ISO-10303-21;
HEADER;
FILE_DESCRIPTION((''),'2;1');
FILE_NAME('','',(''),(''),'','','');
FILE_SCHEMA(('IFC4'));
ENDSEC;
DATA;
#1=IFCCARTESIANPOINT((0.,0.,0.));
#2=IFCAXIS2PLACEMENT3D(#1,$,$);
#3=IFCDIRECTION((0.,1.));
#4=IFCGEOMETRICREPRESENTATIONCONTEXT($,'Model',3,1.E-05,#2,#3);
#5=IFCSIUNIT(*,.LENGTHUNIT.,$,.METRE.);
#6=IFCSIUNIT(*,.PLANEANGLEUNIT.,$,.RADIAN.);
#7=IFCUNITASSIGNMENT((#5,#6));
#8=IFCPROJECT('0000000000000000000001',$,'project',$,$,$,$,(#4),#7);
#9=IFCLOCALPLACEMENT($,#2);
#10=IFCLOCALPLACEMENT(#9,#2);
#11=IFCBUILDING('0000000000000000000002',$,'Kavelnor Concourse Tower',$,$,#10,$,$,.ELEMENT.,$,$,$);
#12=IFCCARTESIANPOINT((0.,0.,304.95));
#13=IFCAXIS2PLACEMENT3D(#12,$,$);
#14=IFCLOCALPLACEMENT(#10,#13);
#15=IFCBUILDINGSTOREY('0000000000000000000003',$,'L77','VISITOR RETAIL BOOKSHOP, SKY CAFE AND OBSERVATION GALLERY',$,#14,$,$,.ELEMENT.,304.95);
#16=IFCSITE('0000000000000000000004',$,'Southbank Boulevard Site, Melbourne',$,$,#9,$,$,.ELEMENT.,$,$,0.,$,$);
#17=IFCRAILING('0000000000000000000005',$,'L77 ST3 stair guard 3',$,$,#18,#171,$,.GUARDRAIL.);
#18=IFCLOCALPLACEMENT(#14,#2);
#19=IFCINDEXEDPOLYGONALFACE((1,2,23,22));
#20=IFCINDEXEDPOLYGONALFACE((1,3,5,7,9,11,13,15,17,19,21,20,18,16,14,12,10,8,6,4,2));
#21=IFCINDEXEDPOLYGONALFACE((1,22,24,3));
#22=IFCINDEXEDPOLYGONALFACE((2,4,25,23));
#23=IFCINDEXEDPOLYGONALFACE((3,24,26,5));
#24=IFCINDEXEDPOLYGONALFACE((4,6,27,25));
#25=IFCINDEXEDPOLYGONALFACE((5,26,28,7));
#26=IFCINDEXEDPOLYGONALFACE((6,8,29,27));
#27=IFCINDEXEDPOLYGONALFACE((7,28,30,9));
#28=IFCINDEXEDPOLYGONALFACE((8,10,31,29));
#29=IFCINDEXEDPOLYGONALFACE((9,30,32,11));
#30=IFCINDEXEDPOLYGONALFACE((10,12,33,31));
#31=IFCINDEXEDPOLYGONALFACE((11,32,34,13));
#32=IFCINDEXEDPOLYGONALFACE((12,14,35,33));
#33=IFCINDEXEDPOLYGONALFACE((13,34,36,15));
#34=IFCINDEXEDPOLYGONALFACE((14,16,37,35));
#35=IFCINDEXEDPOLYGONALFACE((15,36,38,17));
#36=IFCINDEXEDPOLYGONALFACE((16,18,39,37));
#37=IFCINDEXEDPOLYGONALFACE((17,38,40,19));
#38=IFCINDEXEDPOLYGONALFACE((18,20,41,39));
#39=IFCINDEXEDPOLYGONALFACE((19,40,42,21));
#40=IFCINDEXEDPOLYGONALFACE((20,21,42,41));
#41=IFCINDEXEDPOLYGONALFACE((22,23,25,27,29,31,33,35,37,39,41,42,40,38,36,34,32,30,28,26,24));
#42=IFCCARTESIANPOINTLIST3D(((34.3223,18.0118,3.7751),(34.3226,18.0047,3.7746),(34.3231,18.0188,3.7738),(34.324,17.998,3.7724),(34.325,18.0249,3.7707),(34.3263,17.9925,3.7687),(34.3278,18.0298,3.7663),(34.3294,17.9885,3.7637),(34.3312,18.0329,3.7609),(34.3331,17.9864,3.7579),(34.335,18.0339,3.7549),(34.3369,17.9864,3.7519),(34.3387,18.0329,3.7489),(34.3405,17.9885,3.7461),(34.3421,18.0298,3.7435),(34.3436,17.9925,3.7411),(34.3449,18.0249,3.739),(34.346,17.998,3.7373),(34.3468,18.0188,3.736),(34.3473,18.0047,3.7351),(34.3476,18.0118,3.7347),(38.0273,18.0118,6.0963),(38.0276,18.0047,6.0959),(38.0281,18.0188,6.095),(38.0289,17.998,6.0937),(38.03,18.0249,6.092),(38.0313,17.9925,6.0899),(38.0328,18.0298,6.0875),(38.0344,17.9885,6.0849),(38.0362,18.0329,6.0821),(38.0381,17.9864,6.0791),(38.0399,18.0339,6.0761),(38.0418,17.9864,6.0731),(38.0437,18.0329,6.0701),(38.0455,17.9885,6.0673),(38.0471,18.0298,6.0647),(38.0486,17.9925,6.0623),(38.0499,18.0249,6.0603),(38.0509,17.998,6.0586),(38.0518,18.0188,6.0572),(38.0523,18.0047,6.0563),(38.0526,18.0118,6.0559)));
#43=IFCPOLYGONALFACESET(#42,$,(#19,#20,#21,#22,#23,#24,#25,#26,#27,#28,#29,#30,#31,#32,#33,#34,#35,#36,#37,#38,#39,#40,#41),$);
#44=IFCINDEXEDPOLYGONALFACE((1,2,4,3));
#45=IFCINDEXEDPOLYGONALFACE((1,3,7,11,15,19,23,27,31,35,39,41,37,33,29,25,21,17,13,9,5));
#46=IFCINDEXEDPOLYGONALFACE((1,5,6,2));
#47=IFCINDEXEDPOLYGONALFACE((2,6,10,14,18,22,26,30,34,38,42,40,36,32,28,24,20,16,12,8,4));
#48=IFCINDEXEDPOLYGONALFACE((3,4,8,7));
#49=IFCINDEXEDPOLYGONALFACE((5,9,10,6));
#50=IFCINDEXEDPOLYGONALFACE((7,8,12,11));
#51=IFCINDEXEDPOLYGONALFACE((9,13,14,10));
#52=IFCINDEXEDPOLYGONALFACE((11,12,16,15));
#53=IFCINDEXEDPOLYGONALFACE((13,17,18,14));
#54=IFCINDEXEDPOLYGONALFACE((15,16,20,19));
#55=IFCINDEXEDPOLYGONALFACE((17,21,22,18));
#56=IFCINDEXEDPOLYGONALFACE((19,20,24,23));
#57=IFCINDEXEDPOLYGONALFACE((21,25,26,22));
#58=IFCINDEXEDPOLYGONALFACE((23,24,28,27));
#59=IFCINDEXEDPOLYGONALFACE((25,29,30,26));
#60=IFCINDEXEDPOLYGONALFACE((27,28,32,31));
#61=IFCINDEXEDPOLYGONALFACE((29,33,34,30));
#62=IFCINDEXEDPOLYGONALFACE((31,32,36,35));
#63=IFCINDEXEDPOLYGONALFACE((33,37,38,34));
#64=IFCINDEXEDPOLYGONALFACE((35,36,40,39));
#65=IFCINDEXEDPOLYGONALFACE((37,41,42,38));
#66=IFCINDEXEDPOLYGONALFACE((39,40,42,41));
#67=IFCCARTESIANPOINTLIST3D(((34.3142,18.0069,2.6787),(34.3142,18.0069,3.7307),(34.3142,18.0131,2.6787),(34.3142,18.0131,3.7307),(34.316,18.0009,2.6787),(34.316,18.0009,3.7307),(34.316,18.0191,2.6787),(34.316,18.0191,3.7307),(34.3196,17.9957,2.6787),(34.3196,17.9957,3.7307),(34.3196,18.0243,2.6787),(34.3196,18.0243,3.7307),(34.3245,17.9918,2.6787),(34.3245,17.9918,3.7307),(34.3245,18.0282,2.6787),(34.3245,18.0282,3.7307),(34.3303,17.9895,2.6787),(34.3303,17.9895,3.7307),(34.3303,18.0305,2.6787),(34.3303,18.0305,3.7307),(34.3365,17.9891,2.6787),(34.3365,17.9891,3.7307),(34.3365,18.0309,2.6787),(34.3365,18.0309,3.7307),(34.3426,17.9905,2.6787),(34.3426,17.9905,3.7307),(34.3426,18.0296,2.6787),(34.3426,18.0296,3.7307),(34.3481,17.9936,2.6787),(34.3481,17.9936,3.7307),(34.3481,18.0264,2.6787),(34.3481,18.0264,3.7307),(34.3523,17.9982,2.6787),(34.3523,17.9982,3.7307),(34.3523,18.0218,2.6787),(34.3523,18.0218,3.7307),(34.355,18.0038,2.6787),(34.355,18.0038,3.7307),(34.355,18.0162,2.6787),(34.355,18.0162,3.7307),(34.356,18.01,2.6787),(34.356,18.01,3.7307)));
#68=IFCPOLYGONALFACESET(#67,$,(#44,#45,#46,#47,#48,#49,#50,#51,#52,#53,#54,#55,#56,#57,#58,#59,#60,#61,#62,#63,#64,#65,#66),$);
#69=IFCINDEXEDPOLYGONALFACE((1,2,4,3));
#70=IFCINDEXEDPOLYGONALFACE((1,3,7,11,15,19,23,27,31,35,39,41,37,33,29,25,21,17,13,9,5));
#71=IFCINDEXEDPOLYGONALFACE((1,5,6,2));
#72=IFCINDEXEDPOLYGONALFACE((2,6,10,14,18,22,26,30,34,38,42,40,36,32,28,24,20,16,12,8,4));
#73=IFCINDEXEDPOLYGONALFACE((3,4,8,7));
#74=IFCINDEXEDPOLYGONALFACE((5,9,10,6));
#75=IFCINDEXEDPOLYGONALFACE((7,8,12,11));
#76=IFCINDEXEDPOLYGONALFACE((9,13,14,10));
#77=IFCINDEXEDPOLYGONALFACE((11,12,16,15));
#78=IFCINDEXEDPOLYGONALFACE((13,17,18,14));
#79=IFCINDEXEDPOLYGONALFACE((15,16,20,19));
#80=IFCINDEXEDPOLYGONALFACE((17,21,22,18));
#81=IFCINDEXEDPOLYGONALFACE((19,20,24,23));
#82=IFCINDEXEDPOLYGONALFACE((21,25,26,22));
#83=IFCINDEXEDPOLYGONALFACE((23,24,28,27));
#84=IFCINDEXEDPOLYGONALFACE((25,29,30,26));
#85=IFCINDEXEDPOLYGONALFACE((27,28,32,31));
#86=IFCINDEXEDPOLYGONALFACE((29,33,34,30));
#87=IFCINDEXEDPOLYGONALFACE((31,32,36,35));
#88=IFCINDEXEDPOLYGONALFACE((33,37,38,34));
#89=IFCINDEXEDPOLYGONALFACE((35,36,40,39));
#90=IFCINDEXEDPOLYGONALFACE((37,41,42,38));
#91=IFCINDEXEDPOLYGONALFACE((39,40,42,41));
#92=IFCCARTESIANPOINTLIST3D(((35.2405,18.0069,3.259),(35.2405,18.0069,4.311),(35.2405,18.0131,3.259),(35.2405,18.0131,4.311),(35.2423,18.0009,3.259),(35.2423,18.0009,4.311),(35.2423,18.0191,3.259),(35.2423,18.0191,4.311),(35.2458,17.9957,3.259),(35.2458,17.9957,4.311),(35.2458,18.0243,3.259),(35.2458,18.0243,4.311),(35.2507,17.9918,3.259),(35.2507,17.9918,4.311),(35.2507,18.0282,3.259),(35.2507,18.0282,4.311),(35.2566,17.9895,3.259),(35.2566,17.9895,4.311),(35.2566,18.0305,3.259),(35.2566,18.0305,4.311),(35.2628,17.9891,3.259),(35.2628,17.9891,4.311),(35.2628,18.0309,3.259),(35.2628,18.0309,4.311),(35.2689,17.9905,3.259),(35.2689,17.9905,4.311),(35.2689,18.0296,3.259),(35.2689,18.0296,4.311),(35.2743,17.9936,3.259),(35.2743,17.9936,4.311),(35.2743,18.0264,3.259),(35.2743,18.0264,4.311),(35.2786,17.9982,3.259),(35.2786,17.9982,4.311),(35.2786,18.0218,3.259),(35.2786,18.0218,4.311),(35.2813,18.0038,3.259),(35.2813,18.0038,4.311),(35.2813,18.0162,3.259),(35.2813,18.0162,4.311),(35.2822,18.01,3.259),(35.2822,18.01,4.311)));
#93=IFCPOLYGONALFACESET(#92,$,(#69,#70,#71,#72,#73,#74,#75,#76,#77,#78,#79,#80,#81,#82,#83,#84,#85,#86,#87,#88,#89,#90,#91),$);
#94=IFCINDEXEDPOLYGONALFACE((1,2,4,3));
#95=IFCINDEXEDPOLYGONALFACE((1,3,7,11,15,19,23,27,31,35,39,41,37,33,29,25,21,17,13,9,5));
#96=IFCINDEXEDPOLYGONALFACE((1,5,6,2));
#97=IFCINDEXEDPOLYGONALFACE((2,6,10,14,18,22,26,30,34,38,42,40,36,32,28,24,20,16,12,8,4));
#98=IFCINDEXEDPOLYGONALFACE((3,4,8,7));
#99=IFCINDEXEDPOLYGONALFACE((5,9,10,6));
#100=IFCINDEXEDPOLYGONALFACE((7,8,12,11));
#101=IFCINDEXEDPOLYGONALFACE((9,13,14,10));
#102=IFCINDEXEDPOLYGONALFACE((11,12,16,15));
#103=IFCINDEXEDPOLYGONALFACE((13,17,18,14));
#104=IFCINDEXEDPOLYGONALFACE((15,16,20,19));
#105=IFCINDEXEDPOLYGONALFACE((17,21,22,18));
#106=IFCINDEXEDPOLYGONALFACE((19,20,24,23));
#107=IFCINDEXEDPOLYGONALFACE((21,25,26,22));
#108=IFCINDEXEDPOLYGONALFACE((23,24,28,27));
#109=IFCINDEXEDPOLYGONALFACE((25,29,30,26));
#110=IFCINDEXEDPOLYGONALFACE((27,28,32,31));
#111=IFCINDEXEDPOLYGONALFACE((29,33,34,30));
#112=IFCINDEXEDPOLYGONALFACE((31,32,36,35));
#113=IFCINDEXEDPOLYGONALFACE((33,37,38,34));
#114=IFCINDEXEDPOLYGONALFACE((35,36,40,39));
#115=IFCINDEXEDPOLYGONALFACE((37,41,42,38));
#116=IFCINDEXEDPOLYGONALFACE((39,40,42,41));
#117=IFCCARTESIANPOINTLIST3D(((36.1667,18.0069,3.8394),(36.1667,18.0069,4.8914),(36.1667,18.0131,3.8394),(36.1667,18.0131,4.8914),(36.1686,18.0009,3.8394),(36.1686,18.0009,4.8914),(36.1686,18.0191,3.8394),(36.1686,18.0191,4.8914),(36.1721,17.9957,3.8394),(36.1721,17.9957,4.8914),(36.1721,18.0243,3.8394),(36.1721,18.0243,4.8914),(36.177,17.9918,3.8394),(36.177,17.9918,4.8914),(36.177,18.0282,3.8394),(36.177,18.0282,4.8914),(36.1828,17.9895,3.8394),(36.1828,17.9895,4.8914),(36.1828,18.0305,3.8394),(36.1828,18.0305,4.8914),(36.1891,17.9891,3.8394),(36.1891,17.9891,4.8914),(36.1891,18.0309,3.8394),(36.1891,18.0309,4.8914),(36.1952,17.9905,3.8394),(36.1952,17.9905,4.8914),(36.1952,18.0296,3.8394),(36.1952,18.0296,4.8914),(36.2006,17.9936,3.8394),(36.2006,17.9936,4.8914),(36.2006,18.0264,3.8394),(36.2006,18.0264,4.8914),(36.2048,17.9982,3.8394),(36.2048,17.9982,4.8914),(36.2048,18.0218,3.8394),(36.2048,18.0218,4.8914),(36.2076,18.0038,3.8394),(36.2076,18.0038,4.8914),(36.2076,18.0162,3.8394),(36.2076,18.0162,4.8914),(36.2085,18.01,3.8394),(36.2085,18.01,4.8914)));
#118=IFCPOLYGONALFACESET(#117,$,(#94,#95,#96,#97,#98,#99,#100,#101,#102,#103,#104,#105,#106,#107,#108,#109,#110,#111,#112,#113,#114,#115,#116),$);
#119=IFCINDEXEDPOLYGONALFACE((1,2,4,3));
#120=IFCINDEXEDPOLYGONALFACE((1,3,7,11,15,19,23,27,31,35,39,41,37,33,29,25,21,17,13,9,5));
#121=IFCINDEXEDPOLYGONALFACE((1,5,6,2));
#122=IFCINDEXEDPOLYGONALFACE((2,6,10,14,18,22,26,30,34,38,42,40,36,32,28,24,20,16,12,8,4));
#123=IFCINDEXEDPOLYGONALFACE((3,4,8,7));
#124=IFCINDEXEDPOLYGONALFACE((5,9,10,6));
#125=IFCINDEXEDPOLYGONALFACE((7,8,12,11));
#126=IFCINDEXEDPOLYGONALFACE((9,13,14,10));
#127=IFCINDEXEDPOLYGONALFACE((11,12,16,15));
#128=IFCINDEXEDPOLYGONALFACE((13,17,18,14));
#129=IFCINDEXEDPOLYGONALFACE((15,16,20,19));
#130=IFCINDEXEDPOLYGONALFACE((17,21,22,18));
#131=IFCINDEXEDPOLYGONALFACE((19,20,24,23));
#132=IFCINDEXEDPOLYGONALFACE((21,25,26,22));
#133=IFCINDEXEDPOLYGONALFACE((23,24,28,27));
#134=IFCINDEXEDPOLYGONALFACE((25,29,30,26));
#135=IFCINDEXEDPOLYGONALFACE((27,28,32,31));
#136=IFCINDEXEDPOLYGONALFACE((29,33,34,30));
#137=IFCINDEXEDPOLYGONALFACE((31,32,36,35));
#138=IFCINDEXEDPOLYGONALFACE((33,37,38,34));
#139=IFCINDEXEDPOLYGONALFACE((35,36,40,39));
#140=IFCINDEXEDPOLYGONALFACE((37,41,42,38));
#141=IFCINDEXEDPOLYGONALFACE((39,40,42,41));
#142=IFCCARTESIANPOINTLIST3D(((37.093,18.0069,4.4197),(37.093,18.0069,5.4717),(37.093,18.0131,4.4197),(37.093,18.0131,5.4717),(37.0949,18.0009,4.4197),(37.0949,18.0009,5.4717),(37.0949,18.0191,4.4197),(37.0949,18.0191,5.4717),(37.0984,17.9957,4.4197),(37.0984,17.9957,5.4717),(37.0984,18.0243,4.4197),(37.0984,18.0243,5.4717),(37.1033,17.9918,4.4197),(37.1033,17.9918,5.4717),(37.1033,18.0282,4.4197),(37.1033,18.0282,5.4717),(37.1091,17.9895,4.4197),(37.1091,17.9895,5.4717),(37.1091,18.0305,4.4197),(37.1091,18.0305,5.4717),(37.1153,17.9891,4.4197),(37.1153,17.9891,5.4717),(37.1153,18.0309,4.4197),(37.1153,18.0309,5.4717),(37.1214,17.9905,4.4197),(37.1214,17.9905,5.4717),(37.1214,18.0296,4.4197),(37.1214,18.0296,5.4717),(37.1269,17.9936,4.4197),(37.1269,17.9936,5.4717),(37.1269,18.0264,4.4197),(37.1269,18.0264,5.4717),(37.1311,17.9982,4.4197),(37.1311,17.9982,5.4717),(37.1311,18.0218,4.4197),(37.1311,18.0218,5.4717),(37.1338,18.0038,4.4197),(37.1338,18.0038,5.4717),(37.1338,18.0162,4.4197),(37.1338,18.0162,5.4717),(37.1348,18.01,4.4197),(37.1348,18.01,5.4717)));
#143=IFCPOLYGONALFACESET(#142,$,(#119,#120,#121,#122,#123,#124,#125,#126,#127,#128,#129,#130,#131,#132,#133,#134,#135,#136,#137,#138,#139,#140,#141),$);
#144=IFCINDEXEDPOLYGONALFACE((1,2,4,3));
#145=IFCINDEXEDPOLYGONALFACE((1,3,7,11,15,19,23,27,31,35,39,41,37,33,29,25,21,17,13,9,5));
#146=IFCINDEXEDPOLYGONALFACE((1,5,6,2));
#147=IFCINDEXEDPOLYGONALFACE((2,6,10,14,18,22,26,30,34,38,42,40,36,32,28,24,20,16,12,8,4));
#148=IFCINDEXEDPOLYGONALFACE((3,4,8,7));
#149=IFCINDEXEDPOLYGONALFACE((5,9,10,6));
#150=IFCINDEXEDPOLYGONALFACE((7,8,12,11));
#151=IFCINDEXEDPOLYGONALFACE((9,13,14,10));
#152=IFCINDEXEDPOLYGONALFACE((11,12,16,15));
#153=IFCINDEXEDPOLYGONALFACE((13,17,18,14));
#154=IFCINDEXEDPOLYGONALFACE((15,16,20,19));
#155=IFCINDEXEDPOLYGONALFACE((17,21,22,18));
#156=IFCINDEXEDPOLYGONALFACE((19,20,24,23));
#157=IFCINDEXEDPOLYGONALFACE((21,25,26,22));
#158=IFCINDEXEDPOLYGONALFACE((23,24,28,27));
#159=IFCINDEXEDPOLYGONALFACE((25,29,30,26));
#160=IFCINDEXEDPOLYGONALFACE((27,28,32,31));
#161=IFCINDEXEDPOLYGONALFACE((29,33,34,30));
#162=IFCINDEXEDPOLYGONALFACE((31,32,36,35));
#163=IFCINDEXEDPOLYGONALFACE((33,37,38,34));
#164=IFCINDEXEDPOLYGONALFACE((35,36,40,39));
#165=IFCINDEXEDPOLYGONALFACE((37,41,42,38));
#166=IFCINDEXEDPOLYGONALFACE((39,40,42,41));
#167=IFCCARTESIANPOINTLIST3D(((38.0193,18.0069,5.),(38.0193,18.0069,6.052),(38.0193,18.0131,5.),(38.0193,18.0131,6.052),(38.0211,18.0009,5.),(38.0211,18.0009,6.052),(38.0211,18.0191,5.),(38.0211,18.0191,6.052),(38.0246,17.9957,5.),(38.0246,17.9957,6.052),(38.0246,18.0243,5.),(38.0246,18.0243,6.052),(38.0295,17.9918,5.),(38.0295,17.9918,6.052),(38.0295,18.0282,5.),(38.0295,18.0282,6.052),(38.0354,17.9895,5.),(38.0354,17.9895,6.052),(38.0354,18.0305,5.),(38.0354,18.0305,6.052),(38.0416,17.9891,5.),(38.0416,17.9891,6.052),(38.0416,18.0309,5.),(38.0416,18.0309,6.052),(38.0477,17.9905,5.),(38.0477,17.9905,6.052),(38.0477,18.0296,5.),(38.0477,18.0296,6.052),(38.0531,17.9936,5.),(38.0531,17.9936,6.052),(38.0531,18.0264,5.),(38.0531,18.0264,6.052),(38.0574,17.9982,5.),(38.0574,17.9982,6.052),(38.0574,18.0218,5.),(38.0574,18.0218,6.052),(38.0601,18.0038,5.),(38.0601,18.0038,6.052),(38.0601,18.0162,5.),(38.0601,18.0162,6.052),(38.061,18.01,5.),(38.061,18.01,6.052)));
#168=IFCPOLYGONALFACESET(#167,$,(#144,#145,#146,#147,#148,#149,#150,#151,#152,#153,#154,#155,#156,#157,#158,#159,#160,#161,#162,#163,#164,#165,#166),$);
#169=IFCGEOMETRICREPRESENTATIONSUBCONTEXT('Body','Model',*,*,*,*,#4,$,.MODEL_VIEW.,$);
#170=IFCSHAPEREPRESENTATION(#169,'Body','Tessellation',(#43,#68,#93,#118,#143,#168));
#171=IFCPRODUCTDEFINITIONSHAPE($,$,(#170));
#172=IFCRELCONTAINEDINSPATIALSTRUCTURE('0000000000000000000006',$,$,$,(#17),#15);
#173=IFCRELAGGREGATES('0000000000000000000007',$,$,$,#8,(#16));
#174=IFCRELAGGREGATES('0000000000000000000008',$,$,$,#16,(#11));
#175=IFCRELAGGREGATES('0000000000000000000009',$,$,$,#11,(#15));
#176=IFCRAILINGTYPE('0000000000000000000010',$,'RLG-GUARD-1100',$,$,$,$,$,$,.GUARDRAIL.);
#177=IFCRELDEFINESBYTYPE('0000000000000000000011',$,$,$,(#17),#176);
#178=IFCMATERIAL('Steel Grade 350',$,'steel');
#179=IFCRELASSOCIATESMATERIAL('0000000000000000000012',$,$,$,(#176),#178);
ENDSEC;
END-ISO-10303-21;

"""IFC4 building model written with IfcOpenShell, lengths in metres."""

from ifc_helpers import new_model, si_unit, direction, frame, origin, origin_2d, place, context, subcontext, project, spatial, circle, extrude, material, type_object, element, save


model = new_model("IFC4")

# Units and contexts
model_context = context("Model", 3, precision=1e-05, world=origin(), true_north=direction((0.0, 1.0)))
body_context = subcontext(model_context, "Body", "Model", "MODEL_VIEW")
ifc_project = project(units=[si_unit("LENGTHUNIT", "METRE"), si_unit("PLANEANGLEUNIT", "RADIAN")], contexts=[model_context])

# Site, building, storey
site_placement = place(None, origin())
site = spatial("IfcSite", under=ifc_project, at=site_placement, Name="Southbank Boulevard Site, Melbourne", CompositionType="ELEMENT", RefElevation=0.0)
building_placement = place(site_placement, origin())
building = spatial("IfcBuilding", under=site, at=building_placement, Name="Kavelnor Concourse Tower", CompositionType="ELEMENT")
storey_placement = place(building_placement, frame((0.0, 0.0, 304.95)))
storey = spatial("IfcBuildingStorey", under=building, at=storey_placement, Name="L77", Description="VISITOR RETAIL BOOKSHOP, SKY CAFE AND OBSERVATION GALLERY", CompositionType="ELEMENT", Elevation=304.95)

# Shared definitions
ifc_material_1 = material(Name="Steel Grade 350", Category="steel")

# Railing
railing_type_1 = type_object("IfcRailingType", Name="RLG-GUARD-1100", PredefinedType="GUARDRAIL", material=ifc_material_1)
railing_1_placement = place(storey_placement, frame((34.335, 18.01, 2.6787)))
element("IfcRailing", 1, at=railing_1_placement, inside=storey, type_object=railing_type_1, Name="L77 ST3 stair guard 3", PredefinedType="GUARDRAIL", context=body_context, shape_type="SweptSolid", body=[
    extrude(circle(Radius=0.0239, at=origin_2d()), frame((0.0, 0.0, 1.0762), z_axis=(0.847421, 0.0, 0.530922), x_axis=(0.0, 1.0, 0.0)), (0.0, 0.0, 1.0), 4.3721),
    extrude(circle(Radius=0.021, at=origin_2d()), origin(), (0.0, 0.0, 1.0), 1.052),
    extrude(circle(Radius=0.021, at=origin_2d()), frame((0.9263, 0.0, 0.5803)), (0.0, 0.0, 1.0), 1.052),
    extrude(circle(Radius=0.021, at=origin_2d()), frame((1.8525, 0.0, 1.1606)), (0.0, 0.0, 1.0), 1.052),
    extrude(circle(Radius=0.021, at=origin_2d()), frame((2.7788, 0.0, 1.741)), (0.0, 0.0, 1.0), 1.052),
    extrude(circle(Radius=0.021, at=origin_2d()), frame((3.7051, 0.0, 2.3213)), (0.0, 0.0, 1.0), 1.052),
])

save(model, "model.ifc")
